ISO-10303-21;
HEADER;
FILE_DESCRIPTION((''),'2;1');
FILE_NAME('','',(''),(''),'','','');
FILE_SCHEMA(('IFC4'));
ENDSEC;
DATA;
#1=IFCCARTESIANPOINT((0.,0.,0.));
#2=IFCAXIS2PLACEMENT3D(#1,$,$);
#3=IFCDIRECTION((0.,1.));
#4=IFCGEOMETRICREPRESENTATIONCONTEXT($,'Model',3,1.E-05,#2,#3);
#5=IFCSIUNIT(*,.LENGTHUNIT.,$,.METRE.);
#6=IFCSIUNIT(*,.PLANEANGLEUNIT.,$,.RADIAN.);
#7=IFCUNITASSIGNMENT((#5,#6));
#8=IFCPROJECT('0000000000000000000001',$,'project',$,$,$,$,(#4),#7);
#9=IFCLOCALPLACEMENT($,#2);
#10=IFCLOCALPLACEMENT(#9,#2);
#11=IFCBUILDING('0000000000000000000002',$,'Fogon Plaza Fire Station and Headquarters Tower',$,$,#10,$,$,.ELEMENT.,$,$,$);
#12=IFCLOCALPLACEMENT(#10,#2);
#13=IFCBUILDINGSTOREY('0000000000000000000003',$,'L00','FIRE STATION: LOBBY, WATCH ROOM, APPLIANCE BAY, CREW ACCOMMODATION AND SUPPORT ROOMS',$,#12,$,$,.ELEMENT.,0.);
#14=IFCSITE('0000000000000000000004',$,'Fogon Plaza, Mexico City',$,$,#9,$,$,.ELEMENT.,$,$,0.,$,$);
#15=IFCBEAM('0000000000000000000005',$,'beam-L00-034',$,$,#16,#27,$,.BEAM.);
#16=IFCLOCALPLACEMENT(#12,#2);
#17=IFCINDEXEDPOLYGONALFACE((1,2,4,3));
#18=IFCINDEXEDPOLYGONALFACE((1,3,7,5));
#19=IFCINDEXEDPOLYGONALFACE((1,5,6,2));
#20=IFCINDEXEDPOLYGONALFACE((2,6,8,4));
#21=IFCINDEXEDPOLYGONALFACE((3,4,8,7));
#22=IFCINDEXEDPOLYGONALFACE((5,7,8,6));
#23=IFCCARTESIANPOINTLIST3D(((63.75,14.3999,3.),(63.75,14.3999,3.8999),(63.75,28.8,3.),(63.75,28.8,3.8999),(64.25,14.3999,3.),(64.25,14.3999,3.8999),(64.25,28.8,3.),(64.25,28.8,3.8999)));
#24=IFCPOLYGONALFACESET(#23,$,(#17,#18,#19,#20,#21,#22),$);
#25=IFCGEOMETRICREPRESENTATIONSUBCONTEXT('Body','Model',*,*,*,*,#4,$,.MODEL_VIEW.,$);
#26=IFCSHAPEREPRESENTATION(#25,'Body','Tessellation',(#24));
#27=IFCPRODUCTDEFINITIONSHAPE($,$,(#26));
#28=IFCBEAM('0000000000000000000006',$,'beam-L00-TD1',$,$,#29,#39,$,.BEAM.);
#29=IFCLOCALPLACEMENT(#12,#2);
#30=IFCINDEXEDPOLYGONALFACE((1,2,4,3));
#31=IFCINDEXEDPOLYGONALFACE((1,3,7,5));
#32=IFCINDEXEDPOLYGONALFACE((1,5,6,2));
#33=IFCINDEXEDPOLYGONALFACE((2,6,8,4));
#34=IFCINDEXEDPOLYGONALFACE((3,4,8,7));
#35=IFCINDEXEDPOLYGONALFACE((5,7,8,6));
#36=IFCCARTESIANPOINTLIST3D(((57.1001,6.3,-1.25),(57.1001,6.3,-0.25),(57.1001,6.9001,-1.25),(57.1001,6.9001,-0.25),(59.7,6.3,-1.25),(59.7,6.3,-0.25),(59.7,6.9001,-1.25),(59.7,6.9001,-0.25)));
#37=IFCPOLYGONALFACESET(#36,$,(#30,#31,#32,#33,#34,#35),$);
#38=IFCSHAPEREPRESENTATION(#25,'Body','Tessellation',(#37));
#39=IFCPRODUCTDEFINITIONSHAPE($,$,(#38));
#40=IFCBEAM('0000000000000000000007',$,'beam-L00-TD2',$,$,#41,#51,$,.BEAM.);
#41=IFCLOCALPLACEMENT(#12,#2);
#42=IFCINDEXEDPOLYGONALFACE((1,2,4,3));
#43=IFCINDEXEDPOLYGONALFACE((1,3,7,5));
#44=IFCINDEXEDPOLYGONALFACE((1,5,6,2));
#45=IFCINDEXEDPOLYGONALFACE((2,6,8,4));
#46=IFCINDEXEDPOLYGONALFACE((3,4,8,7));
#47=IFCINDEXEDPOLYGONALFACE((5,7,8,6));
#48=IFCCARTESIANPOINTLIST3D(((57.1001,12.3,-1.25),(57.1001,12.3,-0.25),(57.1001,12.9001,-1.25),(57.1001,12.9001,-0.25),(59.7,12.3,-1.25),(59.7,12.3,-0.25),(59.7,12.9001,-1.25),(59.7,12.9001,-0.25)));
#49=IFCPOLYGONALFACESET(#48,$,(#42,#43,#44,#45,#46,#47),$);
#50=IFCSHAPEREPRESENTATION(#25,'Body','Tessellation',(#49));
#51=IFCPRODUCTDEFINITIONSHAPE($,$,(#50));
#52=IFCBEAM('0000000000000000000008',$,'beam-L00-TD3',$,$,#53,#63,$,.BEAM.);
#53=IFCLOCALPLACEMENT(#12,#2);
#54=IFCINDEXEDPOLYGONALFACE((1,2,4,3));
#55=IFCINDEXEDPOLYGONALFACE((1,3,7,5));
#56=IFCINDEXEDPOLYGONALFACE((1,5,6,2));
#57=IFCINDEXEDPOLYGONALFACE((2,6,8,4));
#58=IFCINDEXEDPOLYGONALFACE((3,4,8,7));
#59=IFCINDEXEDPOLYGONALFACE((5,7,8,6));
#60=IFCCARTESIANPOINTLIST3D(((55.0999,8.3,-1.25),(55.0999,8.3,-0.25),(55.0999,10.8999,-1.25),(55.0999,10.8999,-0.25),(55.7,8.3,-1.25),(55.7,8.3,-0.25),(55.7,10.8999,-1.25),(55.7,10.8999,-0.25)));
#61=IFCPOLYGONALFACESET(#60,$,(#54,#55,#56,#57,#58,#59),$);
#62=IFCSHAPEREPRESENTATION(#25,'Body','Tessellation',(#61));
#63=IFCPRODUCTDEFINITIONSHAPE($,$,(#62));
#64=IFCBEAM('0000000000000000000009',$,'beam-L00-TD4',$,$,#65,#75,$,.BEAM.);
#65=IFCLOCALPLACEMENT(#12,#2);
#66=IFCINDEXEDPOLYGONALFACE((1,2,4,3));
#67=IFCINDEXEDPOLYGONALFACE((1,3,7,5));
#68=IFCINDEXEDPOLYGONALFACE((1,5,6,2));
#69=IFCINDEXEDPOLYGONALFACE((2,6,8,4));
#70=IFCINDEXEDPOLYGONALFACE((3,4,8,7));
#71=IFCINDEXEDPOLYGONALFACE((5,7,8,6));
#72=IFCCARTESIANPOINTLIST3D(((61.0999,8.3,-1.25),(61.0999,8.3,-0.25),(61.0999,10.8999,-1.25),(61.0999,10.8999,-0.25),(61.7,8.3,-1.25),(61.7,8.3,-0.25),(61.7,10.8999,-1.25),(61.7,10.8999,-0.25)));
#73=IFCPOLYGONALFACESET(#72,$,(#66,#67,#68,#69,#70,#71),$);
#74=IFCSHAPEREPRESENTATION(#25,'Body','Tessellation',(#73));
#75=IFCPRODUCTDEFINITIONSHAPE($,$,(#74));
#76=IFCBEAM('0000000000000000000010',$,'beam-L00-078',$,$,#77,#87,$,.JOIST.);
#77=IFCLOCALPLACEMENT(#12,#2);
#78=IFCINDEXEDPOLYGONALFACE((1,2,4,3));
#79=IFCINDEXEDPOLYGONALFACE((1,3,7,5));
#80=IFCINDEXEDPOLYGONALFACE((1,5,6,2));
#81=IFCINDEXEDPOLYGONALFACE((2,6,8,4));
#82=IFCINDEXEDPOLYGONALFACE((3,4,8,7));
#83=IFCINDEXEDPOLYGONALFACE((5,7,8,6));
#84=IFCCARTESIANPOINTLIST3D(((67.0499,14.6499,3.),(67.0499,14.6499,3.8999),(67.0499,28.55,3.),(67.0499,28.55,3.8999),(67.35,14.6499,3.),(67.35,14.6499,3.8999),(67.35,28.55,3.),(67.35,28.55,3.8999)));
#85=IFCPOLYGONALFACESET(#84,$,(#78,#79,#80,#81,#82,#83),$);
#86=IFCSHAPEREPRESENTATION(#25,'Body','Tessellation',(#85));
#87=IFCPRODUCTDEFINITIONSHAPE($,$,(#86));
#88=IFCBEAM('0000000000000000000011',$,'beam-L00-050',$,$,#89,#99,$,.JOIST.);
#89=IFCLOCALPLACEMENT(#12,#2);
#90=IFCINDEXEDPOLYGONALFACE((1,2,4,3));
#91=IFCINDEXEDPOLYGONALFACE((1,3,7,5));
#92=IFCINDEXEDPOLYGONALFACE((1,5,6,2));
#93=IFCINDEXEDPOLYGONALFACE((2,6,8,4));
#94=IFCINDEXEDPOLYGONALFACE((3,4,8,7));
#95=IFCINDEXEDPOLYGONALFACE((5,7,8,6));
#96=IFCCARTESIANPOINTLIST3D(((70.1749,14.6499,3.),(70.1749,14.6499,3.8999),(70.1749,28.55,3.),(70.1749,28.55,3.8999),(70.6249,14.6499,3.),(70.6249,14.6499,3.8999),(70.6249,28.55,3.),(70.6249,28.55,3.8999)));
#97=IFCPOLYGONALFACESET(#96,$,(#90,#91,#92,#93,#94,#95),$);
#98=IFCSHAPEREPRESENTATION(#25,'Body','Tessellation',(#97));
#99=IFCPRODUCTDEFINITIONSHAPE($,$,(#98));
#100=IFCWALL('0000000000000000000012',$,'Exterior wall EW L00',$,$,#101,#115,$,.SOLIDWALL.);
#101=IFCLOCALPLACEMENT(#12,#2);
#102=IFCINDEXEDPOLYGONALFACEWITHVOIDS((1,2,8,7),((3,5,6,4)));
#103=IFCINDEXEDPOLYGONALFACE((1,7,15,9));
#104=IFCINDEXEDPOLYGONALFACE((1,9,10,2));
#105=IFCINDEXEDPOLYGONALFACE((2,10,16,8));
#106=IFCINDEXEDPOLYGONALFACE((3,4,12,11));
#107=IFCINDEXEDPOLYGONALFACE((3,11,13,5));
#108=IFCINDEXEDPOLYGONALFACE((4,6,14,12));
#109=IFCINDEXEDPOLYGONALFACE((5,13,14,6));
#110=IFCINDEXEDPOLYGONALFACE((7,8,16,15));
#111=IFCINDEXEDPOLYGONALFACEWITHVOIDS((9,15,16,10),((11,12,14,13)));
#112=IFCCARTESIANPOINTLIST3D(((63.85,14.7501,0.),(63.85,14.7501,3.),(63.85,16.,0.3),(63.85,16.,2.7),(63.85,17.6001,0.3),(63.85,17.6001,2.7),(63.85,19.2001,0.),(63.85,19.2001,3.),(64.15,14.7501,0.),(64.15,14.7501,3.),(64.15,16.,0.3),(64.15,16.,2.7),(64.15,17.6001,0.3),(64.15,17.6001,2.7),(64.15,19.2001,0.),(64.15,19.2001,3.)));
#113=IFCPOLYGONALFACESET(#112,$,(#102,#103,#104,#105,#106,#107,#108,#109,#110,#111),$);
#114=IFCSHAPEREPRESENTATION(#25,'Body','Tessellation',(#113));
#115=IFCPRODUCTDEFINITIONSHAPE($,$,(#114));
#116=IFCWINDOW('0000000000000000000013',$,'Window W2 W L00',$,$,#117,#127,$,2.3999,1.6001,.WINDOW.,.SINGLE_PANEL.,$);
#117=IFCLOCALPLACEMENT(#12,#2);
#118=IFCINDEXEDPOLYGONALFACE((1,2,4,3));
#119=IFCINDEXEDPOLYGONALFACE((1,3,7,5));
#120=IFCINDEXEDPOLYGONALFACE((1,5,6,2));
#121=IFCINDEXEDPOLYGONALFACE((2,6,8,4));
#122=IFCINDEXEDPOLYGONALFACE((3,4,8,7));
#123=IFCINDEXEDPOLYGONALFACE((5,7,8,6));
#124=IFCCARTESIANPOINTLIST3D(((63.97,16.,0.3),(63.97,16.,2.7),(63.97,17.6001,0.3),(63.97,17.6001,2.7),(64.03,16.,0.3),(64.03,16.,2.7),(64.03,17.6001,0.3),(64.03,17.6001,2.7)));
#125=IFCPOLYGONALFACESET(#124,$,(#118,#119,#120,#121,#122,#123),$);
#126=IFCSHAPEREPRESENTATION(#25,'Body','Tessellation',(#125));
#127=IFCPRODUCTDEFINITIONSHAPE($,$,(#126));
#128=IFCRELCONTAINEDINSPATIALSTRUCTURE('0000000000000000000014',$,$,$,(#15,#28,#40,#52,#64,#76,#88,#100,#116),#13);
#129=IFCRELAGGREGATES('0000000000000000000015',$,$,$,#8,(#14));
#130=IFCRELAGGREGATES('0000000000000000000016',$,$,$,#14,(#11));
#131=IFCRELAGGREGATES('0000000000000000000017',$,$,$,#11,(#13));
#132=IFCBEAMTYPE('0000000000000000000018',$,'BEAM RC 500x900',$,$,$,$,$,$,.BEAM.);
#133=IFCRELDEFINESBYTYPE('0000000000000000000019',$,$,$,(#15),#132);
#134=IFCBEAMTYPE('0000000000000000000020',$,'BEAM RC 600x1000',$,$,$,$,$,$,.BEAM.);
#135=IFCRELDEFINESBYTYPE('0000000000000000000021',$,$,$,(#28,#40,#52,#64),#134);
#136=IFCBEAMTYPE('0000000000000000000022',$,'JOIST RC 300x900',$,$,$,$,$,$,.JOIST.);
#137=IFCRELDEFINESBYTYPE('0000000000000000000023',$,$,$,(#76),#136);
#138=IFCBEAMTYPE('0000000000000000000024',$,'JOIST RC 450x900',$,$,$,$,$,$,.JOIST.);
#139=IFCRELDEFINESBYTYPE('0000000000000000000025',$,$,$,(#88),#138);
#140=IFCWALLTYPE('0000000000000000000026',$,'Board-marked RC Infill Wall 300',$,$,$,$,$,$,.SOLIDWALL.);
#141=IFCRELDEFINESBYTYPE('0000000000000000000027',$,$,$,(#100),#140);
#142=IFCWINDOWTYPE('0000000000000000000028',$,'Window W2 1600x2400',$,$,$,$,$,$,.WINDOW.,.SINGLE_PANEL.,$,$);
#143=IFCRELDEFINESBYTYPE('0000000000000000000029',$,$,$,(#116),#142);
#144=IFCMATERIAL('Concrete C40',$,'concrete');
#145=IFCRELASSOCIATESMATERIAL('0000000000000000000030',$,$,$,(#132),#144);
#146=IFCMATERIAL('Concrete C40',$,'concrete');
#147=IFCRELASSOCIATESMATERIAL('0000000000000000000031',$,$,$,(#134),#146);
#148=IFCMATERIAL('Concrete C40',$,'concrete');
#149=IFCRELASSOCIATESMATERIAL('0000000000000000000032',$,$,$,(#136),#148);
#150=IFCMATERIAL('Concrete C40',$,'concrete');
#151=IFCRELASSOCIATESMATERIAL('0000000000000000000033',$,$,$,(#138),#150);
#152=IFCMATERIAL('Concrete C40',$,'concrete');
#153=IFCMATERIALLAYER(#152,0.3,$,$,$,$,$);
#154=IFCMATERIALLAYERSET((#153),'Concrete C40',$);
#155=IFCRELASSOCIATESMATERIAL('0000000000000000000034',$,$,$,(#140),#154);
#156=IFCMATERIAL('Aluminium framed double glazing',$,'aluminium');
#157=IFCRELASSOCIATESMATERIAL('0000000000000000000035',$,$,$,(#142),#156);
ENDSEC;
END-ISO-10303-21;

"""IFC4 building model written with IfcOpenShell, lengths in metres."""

from ifc_helpers import new_model, si_unit, direction, frame, frame_2d, origin, origin_2d, place, context, subcontext, project, spatial, rectangle, extrude, material, layer, layer_set, material_profile, profile_set, type_object, element, fill, save


model = new_model("IFC4")

# Units and contexts
model_context = context("Model", 3, precision=1e-05, world=origin(), true_north=direction((0.0, 1.0)))
body_context = subcontext(model_context, "Body", "Model", "MODEL_VIEW")
ifc_project = project(units=[si_unit("LENGTHUNIT", "METRE"), si_unit("PLANEANGLEUNIT", "RADIAN")], contexts=[model_context])

# Site, building, storey
site_placement = place(None, origin())
site = spatial("IfcSite", under=ifc_project, at=site_placement, Name="Fogon Plaza, Mexico City", CompositionType="ELEMENT", RefElevation=0.0)
building_placement = place(site_placement, origin())
building = spatial("IfcBuilding", under=site, at=building_placement, Name="Fogon Plaza Fire Station and Headquarters Tower", CompositionType="ELEMENT")
storey_placement = place(building_placement, origin())
storey = spatial("IfcBuildingStorey", under=building, at=storey_placement, Name="L00", Description="FIRE STATION: LOBBY, WATCH ROOM, APPLIANCE BAY, CREW ACCOMMODATION AND SUPPORT ROOMS", CompositionType="ELEMENT", Elevation=0.0)

# Beams
ifc_material_1 = material(Name="Concrete C40", Category="concrete")
ifc_material_profile_1 = material_profile(ifc_material_1, rectangle(XDim=0.5, YDim=0.8999, at=origin_2d()), Name="RC 500x900")
ifc_profile_set_1 = profile_set([ifc_material_profile_1], Name="Concrete C40")
beam_type_1 = type_object("IfcBeamType", Name="BEAM RC 500x900", PredefinedType="BEAM", material=ifc_profile_set_1)
beam_1_placement = place(storey_placement, frame((64.0, 14.3999, 3.45), z_axis=(0.0, 1.0, 0.0), x_axis=(-1.0, 0.0, 0.0)))
element("IfcBeam", 1, at=beam_1_placement, inside=storey, type_object=beam_type_1, Name="beam-L00-034", PredefinedType="BEAM", context=body_context, shape_type="SweptSolid", body=[
    extrude(rectangle(XDim=0.5, YDim=0.8999, at=origin_2d()), origin(), (0.0, 0.0, 1.0), 14.4001),
])
ifc_material_2 = material(Name="Concrete C40", Category="concrete")
ifc_material_profile_2 = material_profile(ifc_material_2, rectangle(XDim=0.6001, YDim=1.0, at=origin_2d()), Name="RC 600x1000")
ifc_profile_set_2 = profile_set([ifc_material_profile_2], Name="Concrete C40")
beam_type_2 = type_object("IfcBeamType", Name="BEAM RC 600x1000", PredefinedType="BEAM", material=ifc_profile_set_2)
for number, where, z_axis, x_axis, name in (
    (2, (57.1001, 6.6001, -0.75), (1.0, 0.0, 0.0), (0.0, 1.0, 0.0), "beam-L00-TD1"),
    (3, (57.1001, 12.6001, -0.75), (1.0, 0.0, 0.0), (0.0, 1.0, 0.0), "beam-L00-TD2"),
    (4, (55.3999, 8.3, -0.75), (0.0, 1.0, 0.0), (-1.0, 0.0, 0.0), "beam-L00-TD3"),
    (5, (61.3999, 8.3, -0.75), (0.0, 1.0, 0.0), (-1.0, 0.0, 0.0), "beam-L00-TD4"),
):
    element("IfcBeam", number, at=place(storey_placement, frame(where, z_axis=z_axis, x_axis=x_axis)), inside=storey, type_object=beam_type_2, Name=name, PredefinedType="BEAM", context=body_context, shape_type="SweptSolid", body=[
        extrude(rectangle(XDim=0.6001, YDim=1.0, at=origin_2d()), origin(), (0.0, 0.0, 1.0), 2.5999),
    ])
ifc_material_3 = material(Name="Concrete C40", Category="concrete")
ifc_material_profile_3 = material_profile(ifc_material_3, rectangle(XDim=0.3, YDim=0.8999, at=origin_2d()), Name="RC 300x900")
ifc_profile_set_3 = profile_set([ifc_material_profile_3], Name="Concrete C40")
beam_type_3 = type_object("IfcBeamType", Name="JOIST RC 300x900", PredefinedType="JOIST", material=ifc_profile_set_3)
beam_2_placement = place(storey_placement, frame((67.2, 14.6499, 3.45), z_axis=(0.0, 1.0, 0.0), x_axis=(-1.0, 0.0, 0.0)))
element("IfcBeam", 6, at=beam_2_placement, inside=storey, type_object=beam_type_3, Name="beam-L00-078", PredefinedType="JOIST", context=body_context, shape_type="SweptSolid", body=[
    extrude(rectangle(XDim=0.3, YDim=0.8999, at=origin_2d()), origin(), (0.0, 0.0, 1.0), 13.9001),
])
ifc_material_4 = material(Name="Concrete C40", Category="concrete")
ifc_material_profile_4 = material_profile(ifc_material_4, rectangle(XDim=0.45, YDim=0.8999, at=origin_2d()), Name="RC 450x900")
ifc_profile_set_4 = profile_set([ifc_material_profile_4], Name="Concrete C40")
beam_type_4 = type_object("IfcBeamType", Name="JOIST RC 450x900", PredefinedType="JOIST", material=ifc_profile_set_4)
beam_3_placement = place(storey_placement, frame((70.3999, 14.6499, 3.45), z_axis=(0.0, 1.0, 0.0), x_axis=(-1.0, 0.0, 0.0)))
element("IfcBeam", 7, at=beam_3_placement, inside=storey, type_object=beam_type_4, Name="beam-L00-050", PredefinedType="JOIST", context=body_context, shape_type="SweptSolid", body=[
    extrude(rectangle(XDim=0.45, YDim=0.8999, at=origin_2d()), origin(), (0.0, 0.0, 1.0), 13.9001),
])

# Wall, opening, window
ifc_material_5 = material(Name="Concrete C40", Category="concrete")
ifc_layer_1 = layer(ifc_material_5, 0.3)
ifc_layer_set_1 = layer_set([ifc_layer_1], Name="Concrete C40")
wall_type_1 = type_object("IfcWallType", Name="Board-marked RC Infill Wall 300", PredefinedType="SOLIDWALL", material=ifc_layer_set_1)
wall_1_placement = place(storey_placement, frame((64.0, 14.75, 0.0), z_axis=(0.0, 0.0, 1.0), x_axis=(0.0, 1.0, 0.0)))
wall_1 = element("IfcWall", 8, at=wall_1_placement, inside=storey, type_object=wall_type_1, Name="Exterior wall EW L00", PredefinedType="SOLIDWALL", context=body_context, shape_type="SweptSolid", body=[
    extrude(rectangle(XDim=4.45, YDim=0.3, at=frame_2d((2.2251, 0.0))), origin(), (0.0, 0.0, 1.0), 3.0),
])
opening_1_placement = place(wall_1_placement, frame((1.25, 0.0, 0.3)))
opening_1 = element("IfcOpeningElement", 9, at=opening_1_placement, cuts=wall_1, PredefinedType="OPENING", context=body_context, shape_type="SweptSolid", body=[
    extrude(rectangle(XDim=1.6001, YDim=2.3999, at=frame_2d((0.8, 1.2))), frame((0.0, 0.1599, 0.0), z_axis=(0.0, -1.0, 0.0), x_axis=(1.0, 0.0, 0.0)), (0.0, 0.0, 1.0), 0.3201),
])
ifc_material_6 = material(Name="Aluminium framed double glazing", Category="aluminium")
window_type = type_object("IfcWindowType", Name="Window W2 1600x2400", PartitioningType="SINGLE_PANEL", PredefinedType="WINDOW", material=ifc_material_6)
window_1_placement = place(opening_1_placement, origin())
window_1 = element("IfcWindow", 10, at=window_1_placement, inside=storey, type_object=window_type, Name="Window W2 W L00", OverallHeight=2.3999, OverallWidth=1.6001, PartitioningType="SINGLE_PANEL", PredefinedType="WINDOW", context=body_context, shape_type="SweptSolid", body=[
    extrude(rectangle(XDim=1.6001, YDim=2.3999, at=frame_2d((0.8, 1.2))), frame((0.0, 0.03, 0.0), z_axis=(0.0, -1.0, 0.0), x_axis=(1.0, 0.0, 0.0)), (0.0, 0.0, 1.0), 0.0601),
])
fill(opening_1, window_1)

save(model, "model.ifc")
